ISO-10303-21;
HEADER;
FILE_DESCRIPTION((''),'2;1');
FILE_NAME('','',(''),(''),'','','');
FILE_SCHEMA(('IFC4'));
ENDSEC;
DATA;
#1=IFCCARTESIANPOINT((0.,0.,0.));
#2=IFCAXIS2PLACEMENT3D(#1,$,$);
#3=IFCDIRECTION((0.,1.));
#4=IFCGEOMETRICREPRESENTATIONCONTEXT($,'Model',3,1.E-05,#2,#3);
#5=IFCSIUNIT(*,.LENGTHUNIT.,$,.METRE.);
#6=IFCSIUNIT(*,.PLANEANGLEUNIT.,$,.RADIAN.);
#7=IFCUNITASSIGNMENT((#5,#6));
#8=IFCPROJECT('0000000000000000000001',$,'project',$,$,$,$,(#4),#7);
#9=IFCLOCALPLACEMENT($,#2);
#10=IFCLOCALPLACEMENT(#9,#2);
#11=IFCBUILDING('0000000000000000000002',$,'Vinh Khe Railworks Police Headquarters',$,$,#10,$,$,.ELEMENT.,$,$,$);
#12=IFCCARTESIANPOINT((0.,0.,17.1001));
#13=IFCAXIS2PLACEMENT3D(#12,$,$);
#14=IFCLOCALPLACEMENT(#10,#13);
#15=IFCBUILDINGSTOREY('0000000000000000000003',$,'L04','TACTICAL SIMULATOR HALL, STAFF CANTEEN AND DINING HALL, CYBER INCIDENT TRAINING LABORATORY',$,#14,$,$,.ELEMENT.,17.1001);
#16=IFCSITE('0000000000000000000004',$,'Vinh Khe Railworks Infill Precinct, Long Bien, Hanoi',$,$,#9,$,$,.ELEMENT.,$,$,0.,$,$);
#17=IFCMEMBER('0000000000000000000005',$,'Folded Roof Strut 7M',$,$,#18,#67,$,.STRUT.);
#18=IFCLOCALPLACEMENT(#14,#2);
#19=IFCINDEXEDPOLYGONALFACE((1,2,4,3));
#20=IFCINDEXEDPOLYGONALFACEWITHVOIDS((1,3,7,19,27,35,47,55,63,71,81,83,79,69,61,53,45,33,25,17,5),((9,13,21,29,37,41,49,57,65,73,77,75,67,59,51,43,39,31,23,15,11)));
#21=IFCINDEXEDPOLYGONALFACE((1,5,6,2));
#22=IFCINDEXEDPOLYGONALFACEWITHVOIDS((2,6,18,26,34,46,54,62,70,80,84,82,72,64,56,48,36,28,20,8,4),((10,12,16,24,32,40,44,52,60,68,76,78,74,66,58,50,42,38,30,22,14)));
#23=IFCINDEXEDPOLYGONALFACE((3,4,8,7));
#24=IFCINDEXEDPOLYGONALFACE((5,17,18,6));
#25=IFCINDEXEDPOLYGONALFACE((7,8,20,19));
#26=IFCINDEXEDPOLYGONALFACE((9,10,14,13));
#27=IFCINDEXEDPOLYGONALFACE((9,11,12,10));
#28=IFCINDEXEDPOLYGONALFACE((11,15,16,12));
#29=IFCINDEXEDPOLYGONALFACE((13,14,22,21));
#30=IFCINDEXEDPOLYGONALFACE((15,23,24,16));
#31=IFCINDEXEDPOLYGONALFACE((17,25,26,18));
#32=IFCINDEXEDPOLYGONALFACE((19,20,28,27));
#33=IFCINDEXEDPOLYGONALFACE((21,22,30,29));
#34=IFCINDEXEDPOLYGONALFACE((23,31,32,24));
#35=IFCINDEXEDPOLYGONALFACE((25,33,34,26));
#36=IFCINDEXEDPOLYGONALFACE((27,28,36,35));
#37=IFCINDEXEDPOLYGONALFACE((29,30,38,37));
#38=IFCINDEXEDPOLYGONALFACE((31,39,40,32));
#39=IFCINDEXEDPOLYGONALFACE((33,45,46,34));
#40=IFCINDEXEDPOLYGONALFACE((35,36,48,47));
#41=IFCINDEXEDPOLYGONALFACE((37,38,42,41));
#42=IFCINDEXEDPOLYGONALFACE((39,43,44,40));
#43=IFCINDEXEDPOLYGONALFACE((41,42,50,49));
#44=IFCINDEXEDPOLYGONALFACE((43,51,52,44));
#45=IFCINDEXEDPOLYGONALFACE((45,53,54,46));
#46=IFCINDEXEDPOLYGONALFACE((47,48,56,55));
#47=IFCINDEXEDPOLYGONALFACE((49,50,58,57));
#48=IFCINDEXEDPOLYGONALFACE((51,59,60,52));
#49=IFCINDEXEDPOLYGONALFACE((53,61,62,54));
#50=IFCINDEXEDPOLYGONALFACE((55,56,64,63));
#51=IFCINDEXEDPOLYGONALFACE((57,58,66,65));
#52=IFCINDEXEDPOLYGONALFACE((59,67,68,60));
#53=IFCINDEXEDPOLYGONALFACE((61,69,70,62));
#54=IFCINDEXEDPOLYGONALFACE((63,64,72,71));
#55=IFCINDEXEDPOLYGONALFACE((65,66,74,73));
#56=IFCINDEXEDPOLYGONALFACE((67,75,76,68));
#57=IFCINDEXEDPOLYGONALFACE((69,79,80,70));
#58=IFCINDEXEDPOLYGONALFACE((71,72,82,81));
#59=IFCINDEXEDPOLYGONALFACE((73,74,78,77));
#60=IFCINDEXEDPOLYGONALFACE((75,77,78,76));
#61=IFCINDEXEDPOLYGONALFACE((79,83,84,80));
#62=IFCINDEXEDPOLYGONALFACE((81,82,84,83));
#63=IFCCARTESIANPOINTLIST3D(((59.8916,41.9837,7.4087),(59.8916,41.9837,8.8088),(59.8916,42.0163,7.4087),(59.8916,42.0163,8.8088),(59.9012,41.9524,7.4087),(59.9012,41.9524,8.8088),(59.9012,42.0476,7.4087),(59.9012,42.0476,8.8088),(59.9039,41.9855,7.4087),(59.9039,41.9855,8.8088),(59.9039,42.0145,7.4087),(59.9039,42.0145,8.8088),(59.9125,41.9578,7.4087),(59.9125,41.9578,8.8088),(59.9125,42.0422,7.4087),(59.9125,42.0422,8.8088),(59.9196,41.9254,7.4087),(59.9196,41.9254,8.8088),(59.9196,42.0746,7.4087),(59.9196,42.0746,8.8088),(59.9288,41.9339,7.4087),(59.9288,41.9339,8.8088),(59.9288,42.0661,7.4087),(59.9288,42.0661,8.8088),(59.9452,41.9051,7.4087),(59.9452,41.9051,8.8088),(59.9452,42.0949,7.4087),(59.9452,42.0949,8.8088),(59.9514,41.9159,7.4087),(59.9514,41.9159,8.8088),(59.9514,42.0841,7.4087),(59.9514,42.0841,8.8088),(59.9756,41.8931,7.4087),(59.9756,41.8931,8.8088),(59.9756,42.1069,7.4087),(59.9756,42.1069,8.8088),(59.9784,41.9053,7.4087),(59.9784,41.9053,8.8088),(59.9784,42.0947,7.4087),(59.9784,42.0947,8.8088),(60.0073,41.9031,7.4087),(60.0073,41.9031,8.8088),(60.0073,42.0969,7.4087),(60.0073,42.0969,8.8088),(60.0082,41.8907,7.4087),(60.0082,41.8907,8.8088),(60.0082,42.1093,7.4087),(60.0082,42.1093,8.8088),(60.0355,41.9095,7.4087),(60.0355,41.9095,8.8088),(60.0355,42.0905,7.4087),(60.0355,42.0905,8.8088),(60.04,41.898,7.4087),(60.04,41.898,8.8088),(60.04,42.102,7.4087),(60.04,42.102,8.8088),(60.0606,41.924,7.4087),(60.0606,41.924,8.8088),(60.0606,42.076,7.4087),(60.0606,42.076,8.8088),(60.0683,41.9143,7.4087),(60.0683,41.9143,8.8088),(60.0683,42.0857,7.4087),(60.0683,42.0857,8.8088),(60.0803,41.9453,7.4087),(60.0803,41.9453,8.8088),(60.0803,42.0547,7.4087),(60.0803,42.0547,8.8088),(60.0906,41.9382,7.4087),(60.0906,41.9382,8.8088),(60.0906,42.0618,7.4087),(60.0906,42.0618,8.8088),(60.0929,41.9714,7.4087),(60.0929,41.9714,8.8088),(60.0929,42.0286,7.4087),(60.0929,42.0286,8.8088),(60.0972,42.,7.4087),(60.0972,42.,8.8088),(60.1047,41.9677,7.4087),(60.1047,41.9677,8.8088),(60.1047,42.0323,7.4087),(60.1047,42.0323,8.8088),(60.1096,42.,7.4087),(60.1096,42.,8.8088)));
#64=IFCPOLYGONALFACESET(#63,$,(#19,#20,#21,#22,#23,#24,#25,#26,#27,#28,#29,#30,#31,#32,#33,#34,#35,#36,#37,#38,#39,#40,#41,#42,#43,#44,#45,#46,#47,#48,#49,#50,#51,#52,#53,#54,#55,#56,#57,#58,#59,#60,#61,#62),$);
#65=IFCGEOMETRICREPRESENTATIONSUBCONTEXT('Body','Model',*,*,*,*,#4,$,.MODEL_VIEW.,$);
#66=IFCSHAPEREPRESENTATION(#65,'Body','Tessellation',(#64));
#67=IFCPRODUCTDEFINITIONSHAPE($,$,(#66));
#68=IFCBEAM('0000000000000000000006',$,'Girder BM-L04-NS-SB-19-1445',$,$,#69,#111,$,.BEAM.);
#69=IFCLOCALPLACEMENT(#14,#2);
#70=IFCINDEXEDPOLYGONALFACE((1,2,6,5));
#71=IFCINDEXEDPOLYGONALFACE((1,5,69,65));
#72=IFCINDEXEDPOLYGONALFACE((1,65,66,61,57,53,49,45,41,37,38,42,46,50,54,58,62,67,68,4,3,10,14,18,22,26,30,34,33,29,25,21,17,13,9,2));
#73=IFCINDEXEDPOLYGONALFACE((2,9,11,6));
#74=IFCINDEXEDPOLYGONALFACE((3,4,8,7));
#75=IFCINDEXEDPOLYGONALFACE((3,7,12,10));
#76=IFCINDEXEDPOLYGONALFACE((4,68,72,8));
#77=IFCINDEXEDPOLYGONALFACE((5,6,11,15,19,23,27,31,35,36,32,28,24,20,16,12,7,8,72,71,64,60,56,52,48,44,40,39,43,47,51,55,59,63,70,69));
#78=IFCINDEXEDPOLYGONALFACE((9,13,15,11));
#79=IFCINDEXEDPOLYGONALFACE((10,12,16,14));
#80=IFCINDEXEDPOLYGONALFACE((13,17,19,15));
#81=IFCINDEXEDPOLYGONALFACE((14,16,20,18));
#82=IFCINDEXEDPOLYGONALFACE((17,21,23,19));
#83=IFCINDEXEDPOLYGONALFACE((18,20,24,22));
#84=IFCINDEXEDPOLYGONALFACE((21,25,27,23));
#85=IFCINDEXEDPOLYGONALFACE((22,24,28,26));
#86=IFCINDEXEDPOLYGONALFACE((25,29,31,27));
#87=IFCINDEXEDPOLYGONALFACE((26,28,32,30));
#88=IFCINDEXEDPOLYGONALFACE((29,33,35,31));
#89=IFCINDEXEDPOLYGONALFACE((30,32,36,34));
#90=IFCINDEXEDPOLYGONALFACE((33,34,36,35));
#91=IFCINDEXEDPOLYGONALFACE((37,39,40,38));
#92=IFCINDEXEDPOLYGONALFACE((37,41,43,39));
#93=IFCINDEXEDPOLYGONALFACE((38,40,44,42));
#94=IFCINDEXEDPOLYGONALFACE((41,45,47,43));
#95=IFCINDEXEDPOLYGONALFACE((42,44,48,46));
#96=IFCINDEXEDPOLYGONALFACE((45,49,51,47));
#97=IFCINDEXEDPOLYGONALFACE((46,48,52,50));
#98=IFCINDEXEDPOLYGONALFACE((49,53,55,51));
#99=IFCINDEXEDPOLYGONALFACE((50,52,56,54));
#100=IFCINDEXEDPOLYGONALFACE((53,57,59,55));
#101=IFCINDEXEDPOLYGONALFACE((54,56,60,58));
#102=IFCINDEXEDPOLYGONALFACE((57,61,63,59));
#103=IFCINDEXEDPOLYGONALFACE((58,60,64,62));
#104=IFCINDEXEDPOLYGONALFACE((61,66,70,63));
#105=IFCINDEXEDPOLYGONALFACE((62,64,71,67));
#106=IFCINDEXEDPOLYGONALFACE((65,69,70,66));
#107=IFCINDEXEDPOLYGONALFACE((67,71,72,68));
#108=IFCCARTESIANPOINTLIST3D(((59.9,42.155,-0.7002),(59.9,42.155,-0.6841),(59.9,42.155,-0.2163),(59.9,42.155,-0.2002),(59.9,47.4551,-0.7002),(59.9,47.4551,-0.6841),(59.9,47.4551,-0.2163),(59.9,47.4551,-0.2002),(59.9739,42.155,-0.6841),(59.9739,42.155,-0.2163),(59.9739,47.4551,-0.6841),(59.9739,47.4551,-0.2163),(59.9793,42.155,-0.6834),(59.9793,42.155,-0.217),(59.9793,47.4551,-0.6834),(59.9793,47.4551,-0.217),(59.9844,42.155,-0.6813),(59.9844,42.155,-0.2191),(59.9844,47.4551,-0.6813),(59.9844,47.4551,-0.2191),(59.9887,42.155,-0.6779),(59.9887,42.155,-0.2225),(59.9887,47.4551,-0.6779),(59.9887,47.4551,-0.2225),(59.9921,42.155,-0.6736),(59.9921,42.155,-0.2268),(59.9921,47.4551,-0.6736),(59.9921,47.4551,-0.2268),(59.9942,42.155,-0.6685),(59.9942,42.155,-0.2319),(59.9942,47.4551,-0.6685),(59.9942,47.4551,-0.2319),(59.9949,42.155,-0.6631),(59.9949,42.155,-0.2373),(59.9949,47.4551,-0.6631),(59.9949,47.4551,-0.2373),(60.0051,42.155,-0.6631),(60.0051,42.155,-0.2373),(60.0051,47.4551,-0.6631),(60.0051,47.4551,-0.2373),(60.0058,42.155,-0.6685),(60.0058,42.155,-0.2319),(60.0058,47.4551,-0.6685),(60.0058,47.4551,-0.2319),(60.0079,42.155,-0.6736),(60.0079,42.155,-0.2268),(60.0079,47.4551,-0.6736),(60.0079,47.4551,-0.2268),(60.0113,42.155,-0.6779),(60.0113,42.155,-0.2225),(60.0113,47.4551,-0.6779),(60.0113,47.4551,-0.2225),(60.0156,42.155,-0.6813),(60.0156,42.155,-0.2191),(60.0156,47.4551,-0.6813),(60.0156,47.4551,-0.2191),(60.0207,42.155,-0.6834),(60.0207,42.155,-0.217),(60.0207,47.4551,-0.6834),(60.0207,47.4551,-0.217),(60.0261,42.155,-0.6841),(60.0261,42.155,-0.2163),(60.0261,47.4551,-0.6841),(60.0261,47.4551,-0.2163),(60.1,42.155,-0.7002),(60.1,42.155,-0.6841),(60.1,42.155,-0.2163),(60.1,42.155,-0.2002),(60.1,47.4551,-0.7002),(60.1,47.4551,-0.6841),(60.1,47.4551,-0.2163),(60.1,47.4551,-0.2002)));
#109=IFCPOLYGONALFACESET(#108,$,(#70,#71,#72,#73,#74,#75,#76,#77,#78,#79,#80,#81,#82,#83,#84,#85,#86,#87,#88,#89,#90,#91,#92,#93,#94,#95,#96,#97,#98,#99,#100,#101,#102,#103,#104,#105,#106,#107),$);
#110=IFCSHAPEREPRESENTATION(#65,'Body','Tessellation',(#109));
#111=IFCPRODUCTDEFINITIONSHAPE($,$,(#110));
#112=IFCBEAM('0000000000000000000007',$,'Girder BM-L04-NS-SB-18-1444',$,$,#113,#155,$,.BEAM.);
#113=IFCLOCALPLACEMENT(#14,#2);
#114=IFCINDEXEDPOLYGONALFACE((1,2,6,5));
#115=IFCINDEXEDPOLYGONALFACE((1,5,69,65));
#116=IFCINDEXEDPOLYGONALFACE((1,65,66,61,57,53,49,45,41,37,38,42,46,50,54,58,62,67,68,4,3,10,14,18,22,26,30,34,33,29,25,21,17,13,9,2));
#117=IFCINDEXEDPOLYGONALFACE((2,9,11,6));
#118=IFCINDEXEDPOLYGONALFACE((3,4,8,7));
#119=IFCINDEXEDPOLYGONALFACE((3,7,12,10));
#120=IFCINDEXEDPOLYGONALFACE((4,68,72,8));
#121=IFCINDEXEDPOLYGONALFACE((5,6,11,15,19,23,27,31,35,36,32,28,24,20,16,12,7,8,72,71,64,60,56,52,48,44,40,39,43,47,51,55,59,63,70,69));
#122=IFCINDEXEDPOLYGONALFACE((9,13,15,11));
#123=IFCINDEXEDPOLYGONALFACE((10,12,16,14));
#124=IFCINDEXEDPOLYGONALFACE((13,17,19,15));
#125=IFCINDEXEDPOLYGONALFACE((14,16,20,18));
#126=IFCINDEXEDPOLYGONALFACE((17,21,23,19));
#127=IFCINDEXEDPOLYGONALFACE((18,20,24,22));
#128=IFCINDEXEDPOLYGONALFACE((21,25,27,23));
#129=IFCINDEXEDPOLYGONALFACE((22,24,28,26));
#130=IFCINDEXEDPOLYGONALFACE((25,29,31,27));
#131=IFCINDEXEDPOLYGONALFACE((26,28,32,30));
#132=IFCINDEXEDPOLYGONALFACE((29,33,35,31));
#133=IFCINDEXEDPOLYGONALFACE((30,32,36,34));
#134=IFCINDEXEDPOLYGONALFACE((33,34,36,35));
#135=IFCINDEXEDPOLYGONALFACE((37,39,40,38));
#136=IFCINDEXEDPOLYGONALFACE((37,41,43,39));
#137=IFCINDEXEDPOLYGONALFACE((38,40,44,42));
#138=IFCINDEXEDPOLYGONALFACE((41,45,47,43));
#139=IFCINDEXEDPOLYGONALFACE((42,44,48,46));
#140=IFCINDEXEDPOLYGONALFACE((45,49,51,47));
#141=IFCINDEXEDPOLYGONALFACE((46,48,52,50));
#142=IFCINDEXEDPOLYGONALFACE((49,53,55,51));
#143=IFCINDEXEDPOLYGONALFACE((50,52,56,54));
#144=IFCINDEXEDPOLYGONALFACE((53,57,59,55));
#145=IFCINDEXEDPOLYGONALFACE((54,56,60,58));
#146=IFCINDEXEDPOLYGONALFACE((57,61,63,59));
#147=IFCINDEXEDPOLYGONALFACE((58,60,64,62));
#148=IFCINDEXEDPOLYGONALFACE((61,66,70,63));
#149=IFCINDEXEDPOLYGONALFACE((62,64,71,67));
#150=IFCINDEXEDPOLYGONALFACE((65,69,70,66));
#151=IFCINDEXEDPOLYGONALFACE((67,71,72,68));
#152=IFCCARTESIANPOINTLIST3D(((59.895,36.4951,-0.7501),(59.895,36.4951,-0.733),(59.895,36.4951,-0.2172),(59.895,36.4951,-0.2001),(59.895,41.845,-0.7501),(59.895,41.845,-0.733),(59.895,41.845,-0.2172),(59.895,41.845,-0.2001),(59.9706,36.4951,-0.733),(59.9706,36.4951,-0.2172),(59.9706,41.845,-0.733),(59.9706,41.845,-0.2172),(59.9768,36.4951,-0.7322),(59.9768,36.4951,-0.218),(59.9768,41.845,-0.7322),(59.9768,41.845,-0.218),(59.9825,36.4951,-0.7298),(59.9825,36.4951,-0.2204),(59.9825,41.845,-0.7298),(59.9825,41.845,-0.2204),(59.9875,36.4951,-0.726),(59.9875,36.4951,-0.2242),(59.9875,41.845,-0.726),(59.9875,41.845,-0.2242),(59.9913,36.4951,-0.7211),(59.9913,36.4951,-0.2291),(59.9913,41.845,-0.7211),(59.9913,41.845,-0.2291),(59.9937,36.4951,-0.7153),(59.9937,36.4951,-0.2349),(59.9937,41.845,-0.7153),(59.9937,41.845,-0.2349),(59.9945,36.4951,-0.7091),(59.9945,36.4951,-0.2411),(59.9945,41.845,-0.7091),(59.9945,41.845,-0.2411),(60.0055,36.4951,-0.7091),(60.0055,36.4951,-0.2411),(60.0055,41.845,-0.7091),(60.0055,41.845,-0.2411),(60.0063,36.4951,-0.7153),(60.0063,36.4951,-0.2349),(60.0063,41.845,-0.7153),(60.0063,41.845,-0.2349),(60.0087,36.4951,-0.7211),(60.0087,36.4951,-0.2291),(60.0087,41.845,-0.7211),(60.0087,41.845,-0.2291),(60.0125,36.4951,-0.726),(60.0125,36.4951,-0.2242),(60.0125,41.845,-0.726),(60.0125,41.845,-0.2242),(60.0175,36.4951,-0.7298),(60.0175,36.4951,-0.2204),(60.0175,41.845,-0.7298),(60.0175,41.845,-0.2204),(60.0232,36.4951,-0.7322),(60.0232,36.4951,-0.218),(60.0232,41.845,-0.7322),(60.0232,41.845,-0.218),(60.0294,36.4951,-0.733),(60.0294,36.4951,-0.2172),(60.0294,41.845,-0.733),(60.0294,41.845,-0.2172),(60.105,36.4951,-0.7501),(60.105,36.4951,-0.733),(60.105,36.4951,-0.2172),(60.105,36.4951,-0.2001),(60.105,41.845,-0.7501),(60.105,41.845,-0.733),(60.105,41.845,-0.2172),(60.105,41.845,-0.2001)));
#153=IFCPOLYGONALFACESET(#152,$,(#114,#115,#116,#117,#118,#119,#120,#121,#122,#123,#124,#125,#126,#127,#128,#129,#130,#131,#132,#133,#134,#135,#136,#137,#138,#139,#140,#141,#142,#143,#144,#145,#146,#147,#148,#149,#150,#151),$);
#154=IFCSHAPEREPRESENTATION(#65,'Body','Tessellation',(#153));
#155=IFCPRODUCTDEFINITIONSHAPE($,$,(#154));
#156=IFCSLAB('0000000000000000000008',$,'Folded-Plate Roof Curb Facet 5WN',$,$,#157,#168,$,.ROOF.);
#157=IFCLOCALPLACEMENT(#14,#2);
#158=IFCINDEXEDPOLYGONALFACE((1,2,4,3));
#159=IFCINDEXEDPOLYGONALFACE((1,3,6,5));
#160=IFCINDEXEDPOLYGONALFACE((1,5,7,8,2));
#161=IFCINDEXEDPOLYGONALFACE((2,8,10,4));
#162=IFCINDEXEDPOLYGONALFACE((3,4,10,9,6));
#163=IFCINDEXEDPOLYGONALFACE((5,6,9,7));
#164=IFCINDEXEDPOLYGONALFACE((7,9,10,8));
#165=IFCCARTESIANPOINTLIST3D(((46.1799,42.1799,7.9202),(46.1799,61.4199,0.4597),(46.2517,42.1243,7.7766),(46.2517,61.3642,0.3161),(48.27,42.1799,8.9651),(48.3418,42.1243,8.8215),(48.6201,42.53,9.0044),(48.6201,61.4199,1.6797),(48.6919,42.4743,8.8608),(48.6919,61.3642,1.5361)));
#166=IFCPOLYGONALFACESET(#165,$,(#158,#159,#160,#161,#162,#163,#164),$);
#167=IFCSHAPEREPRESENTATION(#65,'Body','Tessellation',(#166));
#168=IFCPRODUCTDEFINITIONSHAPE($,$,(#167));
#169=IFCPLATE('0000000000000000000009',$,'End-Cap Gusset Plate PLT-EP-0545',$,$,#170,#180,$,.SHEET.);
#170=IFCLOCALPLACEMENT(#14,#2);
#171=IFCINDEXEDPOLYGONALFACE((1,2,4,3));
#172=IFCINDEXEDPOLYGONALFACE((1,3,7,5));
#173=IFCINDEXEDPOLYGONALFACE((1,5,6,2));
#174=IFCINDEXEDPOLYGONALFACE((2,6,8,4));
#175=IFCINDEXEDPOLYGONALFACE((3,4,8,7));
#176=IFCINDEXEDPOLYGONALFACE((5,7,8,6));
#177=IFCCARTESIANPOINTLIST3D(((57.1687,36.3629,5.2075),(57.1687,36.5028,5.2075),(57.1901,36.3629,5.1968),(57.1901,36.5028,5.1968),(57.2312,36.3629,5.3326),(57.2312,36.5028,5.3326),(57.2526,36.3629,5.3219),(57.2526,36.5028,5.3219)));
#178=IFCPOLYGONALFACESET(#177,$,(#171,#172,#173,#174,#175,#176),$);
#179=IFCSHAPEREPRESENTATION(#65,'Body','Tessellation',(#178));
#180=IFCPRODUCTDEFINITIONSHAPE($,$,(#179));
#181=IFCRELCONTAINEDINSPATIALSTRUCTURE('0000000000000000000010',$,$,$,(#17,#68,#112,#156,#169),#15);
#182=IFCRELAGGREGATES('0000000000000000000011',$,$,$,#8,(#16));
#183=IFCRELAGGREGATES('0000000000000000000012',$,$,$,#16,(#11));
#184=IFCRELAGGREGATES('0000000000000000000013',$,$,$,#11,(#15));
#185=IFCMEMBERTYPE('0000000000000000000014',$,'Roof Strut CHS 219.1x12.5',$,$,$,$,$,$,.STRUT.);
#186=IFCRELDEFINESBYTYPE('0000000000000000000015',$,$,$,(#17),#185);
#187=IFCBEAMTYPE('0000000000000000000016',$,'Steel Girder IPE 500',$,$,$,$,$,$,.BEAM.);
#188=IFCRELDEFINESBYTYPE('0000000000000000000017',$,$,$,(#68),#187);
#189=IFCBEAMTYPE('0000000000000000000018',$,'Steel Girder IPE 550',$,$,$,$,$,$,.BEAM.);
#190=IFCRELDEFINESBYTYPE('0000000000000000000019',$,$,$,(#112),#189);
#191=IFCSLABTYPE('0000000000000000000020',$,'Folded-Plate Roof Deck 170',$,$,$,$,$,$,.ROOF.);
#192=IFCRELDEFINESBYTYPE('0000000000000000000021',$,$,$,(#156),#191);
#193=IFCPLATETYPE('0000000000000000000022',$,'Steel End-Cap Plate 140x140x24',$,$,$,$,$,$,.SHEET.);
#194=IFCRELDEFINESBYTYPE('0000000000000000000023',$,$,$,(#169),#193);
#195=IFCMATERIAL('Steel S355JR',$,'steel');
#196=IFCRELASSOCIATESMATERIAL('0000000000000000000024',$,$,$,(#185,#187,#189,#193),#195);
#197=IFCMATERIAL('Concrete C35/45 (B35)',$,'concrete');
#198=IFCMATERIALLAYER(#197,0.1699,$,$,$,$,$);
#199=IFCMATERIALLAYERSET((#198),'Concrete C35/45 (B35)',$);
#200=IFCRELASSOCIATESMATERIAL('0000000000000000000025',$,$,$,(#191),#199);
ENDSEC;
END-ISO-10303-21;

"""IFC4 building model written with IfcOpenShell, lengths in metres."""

from ifc_helpers import new_model, si_unit, direction, frame, origin, origin_2d, place, context, subcontext, project, spatial, polyline, rectangle, hollow_circle, i_section, outline, extrude, material, layer, layer_set, material_profile, profile_set, type_object, element, save


model = new_model("IFC4")

# Units and contexts
model_context = context("Model", 3, precision=1e-05, world=origin(), true_north=direction((0.0, 1.0)))
body_context = subcontext(model_context, "Body", "Model", "MODEL_VIEW")
ifc_project = project(units=[si_unit("LENGTHUNIT", "METRE"), si_unit("PLANEANGLEUNIT", "RADIAN")], contexts=[model_context])

# Site, building, storey
site_placement = place(None, origin())
site = spatial("IfcSite", under=ifc_project, at=site_placement, Name="Vinh Khe Railworks Infill Precinct, Long Bien, Hanoi", CompositionType="ELEMENT", RefElevation=0.0)
building_placement = place(site_placement, origin())
building = spatial("IfcBuilding", under=site, at=building_placement, Name="Vinh Khe Railworks Police Headquarters", CompositionType="ELEMENT")
storey_placement = place(building_placement, frame((0.0, 0.0, 17.1001)))
storey = spatial("IfcBuildingStorey", under=building, at=storey_placement, Name="L04", Description="TACTICAL SIMULATOR HALL, STAFF CANTEEN AND DINING HALL, CYBER INCIDENT TRAINING LABORATORY", CompositionType="ELEMENT", Elevation=17.1001)

# Shared definitions
ifc_material_1 = material(Name="Steel S355JR", Category="steel")

# Member
ifc_material_profile_1 = material_profile(ifc_material_1, hollow_circle(Radius=0.1096, WallThickness=0.0125, at=origin_2d()), Name="CHS 219.1x12.5")
ifc_profile_set_1 = profile_set([ifc_material_profile_1], Name="Steel S355JR")
member_type_1 = type_object("IfcMemberType", Name="Roof Strut CHS 219.1x12.5", PredefinedType="STRUT", material=ifc_profile_set_1)
for number, where, z_axis, x_axis, name in (
    (1, (60.0, 42.0, 7.4087), (0.0, 0.0, 1.0), (1.0, 0.0, 0.0), "Folded Roof Strut 7M"),
):
    element("IfcMember", number, at=place(storey_placement, frame(where, z_axis=z_axis, x_axis=x_axis)), inside=storey, type_object=member_type_1, Name=name, PredefinedType="STRUT", context=body_context, shape_type="SweptSolid", body=[
        extrude(hollow_circle(Radius=0.1096, WallThickness=0.0125, at=origin_2d()), origin(), (0.0, 0.0, 1.0), 1.4001),
    ])

# Beams
ifc_material_profile_2 = material_profile(ifc_material_1, i_section(OverallWidth=0.2, OverallDepth=0.5, WebThickness=0.0103, FlangeThickness=0.0161, FilletRadius=0.021, at=origin_2d()), Name="IPE 500")
ifc_profile_set_2 = profile_set([ifc_material_profile_2], Name="Steel S355JR")
beam_type_1 = type_object("IfcBeamType", Name="Steel Girder IPE 500", PredefinedType="BEAM", material=ifc_profile_set_2)
beam_1_placement = place(storey_placement, frame((60.0, 42.155, -0.4502), z_axis=(0.0, 1.0, 0.0), x_axis=(-1.0, 0.0, 0.0)))
element("IfcBeam", 2, at=beam_1_placement, inside=storey, type_object=beam_type_1, Name="Girder BM-L04-NS-SB-19-1445", PredefinedType="BEAM", context=body_context, shape_type="SweptSolid", body=[
    extrude(i_section(OverallWidth=0.2, OverallDepth=0.5, WebThickness=0.0103, FlangeThickness=0.0161, FilletRadius=0.021, at=origin_2d()), origin(), (0.0, 0.0, 1.0), 5.3),
])
ifc_material_profile_3 = material_profile(ifc_material_1, i_section(OverallWidth=0.21, OverallDepth=0.55, WebThickness=0.011, FlangeThickness=0.0171, FilletRadius=0.0239, at=origin_2d()), Name="IPE 550")
ifc_profile_set_3 = profile_set([ifc_material_profile_3], Name="Steel S355JR")
beam_type_2 = type_object("IfcBeamType", Name="Steel Girder IPE 550", PredefinedType="BEAM", material=ifc_profile_set_3)
beam_2_placement = place(storey_placement, frame((60.0, 36.4951, -0.4751), z_axis=(0.0, 1.0, 0.0), x_axis=(-1.0, 0.0, 0.0)))
element("IfcBeam", 3, at=beam_2_placement, inside=storey, type_object=beam_type_2, Name="Girder BM-L04-NS-SB-18-1444", PredefinedType="BEAM", context=body_context, shape_type="SweptSolid", body=[
    extrude(i_section(OverallWidth=0.21, OverallDepth=0.55, WebThickness=0.011, FlangeThickness=0.0171, FilletRadius=0.0239, at=origin_2d()), origin(), (0.0, 0.0, 1.0), 5.3499),
])

# Slab
ifc_material_2 = material(Name="Concrete C35/45 (B35)", Category="concrete")
ifc_layer_1 = layer(ifc_material_2, 0.1699)
ifc_layer_set_1 = layer_set([ifc_layer_1], Name="Concrete C35/45 (B35)")
slab_type = type_object("IfcSlabType", Name="Folded-Plate Roof Deck 170", PredefinedType="ROOF", material=ifc_layer_set_1)
slab_placement = place(storey_placement, frame((46.1799, 42.1799, 7.9202), z_axis=(-0.42249, 0.327678, 0.845061), x_axis=(0.894445, 0.000003, 0.447179)))
element("IfcSlab", 4, at=slab_placement, inside=storey, type_object=slab_type, Name="Folded-Plate Roof Curb Facet 5WN", PredefinedType="ROOF", context=body_context, shape_type="SweptSolid", body=[
    extrude(outline(polyline([(0.0, 0.0), (2.3367, 0.0), (2.6675, 0.3705), (-0.6079, 20.3643), (-3.3361, 20.3643), (0.0, 0.0)])), origin(), (0.0, 0.0, -1.0), 0.1699),
])

# Plate
ifc_material_profile_4 = material_profile(ifc_material_1, rectangle(XDim=0.1399, YDim=0.1399, at=origin_2d()), Name="PL 140x140")
ifc_profile_set_4 = profile_set([ifc_material_profile_4], Name="Steel S355JR")
plate_type_1 = type_object("IfcPlateType", Name="Steel End-Cap Plate 140x140x24", PredefinedType="SHEET", material=ifc_profile_set_4)
plate_1_placement = place(storey_placement, frame((57.2, 36.4329, 5.27), z_axis=(0.894427, 0.0, -0.447214), x_axis=(0.0, 1.0, 0.0)))
element("IfcPlate", 5, at=plate_1_placement, inside=storey, type_object=plate_type_1, Name="End-Cap Gusset Plate PLT-EP-0545", PredefinedType="SHEET", context=body_context, shape_type="SweptSolid", body=[
    extrude(rectangle(XDim=0.1399, YDim=0.1399, at=origin_2d()), origin(), (0.0, 0.0, 1.0), 0.0239),
])

save(model, "model.ifc")
